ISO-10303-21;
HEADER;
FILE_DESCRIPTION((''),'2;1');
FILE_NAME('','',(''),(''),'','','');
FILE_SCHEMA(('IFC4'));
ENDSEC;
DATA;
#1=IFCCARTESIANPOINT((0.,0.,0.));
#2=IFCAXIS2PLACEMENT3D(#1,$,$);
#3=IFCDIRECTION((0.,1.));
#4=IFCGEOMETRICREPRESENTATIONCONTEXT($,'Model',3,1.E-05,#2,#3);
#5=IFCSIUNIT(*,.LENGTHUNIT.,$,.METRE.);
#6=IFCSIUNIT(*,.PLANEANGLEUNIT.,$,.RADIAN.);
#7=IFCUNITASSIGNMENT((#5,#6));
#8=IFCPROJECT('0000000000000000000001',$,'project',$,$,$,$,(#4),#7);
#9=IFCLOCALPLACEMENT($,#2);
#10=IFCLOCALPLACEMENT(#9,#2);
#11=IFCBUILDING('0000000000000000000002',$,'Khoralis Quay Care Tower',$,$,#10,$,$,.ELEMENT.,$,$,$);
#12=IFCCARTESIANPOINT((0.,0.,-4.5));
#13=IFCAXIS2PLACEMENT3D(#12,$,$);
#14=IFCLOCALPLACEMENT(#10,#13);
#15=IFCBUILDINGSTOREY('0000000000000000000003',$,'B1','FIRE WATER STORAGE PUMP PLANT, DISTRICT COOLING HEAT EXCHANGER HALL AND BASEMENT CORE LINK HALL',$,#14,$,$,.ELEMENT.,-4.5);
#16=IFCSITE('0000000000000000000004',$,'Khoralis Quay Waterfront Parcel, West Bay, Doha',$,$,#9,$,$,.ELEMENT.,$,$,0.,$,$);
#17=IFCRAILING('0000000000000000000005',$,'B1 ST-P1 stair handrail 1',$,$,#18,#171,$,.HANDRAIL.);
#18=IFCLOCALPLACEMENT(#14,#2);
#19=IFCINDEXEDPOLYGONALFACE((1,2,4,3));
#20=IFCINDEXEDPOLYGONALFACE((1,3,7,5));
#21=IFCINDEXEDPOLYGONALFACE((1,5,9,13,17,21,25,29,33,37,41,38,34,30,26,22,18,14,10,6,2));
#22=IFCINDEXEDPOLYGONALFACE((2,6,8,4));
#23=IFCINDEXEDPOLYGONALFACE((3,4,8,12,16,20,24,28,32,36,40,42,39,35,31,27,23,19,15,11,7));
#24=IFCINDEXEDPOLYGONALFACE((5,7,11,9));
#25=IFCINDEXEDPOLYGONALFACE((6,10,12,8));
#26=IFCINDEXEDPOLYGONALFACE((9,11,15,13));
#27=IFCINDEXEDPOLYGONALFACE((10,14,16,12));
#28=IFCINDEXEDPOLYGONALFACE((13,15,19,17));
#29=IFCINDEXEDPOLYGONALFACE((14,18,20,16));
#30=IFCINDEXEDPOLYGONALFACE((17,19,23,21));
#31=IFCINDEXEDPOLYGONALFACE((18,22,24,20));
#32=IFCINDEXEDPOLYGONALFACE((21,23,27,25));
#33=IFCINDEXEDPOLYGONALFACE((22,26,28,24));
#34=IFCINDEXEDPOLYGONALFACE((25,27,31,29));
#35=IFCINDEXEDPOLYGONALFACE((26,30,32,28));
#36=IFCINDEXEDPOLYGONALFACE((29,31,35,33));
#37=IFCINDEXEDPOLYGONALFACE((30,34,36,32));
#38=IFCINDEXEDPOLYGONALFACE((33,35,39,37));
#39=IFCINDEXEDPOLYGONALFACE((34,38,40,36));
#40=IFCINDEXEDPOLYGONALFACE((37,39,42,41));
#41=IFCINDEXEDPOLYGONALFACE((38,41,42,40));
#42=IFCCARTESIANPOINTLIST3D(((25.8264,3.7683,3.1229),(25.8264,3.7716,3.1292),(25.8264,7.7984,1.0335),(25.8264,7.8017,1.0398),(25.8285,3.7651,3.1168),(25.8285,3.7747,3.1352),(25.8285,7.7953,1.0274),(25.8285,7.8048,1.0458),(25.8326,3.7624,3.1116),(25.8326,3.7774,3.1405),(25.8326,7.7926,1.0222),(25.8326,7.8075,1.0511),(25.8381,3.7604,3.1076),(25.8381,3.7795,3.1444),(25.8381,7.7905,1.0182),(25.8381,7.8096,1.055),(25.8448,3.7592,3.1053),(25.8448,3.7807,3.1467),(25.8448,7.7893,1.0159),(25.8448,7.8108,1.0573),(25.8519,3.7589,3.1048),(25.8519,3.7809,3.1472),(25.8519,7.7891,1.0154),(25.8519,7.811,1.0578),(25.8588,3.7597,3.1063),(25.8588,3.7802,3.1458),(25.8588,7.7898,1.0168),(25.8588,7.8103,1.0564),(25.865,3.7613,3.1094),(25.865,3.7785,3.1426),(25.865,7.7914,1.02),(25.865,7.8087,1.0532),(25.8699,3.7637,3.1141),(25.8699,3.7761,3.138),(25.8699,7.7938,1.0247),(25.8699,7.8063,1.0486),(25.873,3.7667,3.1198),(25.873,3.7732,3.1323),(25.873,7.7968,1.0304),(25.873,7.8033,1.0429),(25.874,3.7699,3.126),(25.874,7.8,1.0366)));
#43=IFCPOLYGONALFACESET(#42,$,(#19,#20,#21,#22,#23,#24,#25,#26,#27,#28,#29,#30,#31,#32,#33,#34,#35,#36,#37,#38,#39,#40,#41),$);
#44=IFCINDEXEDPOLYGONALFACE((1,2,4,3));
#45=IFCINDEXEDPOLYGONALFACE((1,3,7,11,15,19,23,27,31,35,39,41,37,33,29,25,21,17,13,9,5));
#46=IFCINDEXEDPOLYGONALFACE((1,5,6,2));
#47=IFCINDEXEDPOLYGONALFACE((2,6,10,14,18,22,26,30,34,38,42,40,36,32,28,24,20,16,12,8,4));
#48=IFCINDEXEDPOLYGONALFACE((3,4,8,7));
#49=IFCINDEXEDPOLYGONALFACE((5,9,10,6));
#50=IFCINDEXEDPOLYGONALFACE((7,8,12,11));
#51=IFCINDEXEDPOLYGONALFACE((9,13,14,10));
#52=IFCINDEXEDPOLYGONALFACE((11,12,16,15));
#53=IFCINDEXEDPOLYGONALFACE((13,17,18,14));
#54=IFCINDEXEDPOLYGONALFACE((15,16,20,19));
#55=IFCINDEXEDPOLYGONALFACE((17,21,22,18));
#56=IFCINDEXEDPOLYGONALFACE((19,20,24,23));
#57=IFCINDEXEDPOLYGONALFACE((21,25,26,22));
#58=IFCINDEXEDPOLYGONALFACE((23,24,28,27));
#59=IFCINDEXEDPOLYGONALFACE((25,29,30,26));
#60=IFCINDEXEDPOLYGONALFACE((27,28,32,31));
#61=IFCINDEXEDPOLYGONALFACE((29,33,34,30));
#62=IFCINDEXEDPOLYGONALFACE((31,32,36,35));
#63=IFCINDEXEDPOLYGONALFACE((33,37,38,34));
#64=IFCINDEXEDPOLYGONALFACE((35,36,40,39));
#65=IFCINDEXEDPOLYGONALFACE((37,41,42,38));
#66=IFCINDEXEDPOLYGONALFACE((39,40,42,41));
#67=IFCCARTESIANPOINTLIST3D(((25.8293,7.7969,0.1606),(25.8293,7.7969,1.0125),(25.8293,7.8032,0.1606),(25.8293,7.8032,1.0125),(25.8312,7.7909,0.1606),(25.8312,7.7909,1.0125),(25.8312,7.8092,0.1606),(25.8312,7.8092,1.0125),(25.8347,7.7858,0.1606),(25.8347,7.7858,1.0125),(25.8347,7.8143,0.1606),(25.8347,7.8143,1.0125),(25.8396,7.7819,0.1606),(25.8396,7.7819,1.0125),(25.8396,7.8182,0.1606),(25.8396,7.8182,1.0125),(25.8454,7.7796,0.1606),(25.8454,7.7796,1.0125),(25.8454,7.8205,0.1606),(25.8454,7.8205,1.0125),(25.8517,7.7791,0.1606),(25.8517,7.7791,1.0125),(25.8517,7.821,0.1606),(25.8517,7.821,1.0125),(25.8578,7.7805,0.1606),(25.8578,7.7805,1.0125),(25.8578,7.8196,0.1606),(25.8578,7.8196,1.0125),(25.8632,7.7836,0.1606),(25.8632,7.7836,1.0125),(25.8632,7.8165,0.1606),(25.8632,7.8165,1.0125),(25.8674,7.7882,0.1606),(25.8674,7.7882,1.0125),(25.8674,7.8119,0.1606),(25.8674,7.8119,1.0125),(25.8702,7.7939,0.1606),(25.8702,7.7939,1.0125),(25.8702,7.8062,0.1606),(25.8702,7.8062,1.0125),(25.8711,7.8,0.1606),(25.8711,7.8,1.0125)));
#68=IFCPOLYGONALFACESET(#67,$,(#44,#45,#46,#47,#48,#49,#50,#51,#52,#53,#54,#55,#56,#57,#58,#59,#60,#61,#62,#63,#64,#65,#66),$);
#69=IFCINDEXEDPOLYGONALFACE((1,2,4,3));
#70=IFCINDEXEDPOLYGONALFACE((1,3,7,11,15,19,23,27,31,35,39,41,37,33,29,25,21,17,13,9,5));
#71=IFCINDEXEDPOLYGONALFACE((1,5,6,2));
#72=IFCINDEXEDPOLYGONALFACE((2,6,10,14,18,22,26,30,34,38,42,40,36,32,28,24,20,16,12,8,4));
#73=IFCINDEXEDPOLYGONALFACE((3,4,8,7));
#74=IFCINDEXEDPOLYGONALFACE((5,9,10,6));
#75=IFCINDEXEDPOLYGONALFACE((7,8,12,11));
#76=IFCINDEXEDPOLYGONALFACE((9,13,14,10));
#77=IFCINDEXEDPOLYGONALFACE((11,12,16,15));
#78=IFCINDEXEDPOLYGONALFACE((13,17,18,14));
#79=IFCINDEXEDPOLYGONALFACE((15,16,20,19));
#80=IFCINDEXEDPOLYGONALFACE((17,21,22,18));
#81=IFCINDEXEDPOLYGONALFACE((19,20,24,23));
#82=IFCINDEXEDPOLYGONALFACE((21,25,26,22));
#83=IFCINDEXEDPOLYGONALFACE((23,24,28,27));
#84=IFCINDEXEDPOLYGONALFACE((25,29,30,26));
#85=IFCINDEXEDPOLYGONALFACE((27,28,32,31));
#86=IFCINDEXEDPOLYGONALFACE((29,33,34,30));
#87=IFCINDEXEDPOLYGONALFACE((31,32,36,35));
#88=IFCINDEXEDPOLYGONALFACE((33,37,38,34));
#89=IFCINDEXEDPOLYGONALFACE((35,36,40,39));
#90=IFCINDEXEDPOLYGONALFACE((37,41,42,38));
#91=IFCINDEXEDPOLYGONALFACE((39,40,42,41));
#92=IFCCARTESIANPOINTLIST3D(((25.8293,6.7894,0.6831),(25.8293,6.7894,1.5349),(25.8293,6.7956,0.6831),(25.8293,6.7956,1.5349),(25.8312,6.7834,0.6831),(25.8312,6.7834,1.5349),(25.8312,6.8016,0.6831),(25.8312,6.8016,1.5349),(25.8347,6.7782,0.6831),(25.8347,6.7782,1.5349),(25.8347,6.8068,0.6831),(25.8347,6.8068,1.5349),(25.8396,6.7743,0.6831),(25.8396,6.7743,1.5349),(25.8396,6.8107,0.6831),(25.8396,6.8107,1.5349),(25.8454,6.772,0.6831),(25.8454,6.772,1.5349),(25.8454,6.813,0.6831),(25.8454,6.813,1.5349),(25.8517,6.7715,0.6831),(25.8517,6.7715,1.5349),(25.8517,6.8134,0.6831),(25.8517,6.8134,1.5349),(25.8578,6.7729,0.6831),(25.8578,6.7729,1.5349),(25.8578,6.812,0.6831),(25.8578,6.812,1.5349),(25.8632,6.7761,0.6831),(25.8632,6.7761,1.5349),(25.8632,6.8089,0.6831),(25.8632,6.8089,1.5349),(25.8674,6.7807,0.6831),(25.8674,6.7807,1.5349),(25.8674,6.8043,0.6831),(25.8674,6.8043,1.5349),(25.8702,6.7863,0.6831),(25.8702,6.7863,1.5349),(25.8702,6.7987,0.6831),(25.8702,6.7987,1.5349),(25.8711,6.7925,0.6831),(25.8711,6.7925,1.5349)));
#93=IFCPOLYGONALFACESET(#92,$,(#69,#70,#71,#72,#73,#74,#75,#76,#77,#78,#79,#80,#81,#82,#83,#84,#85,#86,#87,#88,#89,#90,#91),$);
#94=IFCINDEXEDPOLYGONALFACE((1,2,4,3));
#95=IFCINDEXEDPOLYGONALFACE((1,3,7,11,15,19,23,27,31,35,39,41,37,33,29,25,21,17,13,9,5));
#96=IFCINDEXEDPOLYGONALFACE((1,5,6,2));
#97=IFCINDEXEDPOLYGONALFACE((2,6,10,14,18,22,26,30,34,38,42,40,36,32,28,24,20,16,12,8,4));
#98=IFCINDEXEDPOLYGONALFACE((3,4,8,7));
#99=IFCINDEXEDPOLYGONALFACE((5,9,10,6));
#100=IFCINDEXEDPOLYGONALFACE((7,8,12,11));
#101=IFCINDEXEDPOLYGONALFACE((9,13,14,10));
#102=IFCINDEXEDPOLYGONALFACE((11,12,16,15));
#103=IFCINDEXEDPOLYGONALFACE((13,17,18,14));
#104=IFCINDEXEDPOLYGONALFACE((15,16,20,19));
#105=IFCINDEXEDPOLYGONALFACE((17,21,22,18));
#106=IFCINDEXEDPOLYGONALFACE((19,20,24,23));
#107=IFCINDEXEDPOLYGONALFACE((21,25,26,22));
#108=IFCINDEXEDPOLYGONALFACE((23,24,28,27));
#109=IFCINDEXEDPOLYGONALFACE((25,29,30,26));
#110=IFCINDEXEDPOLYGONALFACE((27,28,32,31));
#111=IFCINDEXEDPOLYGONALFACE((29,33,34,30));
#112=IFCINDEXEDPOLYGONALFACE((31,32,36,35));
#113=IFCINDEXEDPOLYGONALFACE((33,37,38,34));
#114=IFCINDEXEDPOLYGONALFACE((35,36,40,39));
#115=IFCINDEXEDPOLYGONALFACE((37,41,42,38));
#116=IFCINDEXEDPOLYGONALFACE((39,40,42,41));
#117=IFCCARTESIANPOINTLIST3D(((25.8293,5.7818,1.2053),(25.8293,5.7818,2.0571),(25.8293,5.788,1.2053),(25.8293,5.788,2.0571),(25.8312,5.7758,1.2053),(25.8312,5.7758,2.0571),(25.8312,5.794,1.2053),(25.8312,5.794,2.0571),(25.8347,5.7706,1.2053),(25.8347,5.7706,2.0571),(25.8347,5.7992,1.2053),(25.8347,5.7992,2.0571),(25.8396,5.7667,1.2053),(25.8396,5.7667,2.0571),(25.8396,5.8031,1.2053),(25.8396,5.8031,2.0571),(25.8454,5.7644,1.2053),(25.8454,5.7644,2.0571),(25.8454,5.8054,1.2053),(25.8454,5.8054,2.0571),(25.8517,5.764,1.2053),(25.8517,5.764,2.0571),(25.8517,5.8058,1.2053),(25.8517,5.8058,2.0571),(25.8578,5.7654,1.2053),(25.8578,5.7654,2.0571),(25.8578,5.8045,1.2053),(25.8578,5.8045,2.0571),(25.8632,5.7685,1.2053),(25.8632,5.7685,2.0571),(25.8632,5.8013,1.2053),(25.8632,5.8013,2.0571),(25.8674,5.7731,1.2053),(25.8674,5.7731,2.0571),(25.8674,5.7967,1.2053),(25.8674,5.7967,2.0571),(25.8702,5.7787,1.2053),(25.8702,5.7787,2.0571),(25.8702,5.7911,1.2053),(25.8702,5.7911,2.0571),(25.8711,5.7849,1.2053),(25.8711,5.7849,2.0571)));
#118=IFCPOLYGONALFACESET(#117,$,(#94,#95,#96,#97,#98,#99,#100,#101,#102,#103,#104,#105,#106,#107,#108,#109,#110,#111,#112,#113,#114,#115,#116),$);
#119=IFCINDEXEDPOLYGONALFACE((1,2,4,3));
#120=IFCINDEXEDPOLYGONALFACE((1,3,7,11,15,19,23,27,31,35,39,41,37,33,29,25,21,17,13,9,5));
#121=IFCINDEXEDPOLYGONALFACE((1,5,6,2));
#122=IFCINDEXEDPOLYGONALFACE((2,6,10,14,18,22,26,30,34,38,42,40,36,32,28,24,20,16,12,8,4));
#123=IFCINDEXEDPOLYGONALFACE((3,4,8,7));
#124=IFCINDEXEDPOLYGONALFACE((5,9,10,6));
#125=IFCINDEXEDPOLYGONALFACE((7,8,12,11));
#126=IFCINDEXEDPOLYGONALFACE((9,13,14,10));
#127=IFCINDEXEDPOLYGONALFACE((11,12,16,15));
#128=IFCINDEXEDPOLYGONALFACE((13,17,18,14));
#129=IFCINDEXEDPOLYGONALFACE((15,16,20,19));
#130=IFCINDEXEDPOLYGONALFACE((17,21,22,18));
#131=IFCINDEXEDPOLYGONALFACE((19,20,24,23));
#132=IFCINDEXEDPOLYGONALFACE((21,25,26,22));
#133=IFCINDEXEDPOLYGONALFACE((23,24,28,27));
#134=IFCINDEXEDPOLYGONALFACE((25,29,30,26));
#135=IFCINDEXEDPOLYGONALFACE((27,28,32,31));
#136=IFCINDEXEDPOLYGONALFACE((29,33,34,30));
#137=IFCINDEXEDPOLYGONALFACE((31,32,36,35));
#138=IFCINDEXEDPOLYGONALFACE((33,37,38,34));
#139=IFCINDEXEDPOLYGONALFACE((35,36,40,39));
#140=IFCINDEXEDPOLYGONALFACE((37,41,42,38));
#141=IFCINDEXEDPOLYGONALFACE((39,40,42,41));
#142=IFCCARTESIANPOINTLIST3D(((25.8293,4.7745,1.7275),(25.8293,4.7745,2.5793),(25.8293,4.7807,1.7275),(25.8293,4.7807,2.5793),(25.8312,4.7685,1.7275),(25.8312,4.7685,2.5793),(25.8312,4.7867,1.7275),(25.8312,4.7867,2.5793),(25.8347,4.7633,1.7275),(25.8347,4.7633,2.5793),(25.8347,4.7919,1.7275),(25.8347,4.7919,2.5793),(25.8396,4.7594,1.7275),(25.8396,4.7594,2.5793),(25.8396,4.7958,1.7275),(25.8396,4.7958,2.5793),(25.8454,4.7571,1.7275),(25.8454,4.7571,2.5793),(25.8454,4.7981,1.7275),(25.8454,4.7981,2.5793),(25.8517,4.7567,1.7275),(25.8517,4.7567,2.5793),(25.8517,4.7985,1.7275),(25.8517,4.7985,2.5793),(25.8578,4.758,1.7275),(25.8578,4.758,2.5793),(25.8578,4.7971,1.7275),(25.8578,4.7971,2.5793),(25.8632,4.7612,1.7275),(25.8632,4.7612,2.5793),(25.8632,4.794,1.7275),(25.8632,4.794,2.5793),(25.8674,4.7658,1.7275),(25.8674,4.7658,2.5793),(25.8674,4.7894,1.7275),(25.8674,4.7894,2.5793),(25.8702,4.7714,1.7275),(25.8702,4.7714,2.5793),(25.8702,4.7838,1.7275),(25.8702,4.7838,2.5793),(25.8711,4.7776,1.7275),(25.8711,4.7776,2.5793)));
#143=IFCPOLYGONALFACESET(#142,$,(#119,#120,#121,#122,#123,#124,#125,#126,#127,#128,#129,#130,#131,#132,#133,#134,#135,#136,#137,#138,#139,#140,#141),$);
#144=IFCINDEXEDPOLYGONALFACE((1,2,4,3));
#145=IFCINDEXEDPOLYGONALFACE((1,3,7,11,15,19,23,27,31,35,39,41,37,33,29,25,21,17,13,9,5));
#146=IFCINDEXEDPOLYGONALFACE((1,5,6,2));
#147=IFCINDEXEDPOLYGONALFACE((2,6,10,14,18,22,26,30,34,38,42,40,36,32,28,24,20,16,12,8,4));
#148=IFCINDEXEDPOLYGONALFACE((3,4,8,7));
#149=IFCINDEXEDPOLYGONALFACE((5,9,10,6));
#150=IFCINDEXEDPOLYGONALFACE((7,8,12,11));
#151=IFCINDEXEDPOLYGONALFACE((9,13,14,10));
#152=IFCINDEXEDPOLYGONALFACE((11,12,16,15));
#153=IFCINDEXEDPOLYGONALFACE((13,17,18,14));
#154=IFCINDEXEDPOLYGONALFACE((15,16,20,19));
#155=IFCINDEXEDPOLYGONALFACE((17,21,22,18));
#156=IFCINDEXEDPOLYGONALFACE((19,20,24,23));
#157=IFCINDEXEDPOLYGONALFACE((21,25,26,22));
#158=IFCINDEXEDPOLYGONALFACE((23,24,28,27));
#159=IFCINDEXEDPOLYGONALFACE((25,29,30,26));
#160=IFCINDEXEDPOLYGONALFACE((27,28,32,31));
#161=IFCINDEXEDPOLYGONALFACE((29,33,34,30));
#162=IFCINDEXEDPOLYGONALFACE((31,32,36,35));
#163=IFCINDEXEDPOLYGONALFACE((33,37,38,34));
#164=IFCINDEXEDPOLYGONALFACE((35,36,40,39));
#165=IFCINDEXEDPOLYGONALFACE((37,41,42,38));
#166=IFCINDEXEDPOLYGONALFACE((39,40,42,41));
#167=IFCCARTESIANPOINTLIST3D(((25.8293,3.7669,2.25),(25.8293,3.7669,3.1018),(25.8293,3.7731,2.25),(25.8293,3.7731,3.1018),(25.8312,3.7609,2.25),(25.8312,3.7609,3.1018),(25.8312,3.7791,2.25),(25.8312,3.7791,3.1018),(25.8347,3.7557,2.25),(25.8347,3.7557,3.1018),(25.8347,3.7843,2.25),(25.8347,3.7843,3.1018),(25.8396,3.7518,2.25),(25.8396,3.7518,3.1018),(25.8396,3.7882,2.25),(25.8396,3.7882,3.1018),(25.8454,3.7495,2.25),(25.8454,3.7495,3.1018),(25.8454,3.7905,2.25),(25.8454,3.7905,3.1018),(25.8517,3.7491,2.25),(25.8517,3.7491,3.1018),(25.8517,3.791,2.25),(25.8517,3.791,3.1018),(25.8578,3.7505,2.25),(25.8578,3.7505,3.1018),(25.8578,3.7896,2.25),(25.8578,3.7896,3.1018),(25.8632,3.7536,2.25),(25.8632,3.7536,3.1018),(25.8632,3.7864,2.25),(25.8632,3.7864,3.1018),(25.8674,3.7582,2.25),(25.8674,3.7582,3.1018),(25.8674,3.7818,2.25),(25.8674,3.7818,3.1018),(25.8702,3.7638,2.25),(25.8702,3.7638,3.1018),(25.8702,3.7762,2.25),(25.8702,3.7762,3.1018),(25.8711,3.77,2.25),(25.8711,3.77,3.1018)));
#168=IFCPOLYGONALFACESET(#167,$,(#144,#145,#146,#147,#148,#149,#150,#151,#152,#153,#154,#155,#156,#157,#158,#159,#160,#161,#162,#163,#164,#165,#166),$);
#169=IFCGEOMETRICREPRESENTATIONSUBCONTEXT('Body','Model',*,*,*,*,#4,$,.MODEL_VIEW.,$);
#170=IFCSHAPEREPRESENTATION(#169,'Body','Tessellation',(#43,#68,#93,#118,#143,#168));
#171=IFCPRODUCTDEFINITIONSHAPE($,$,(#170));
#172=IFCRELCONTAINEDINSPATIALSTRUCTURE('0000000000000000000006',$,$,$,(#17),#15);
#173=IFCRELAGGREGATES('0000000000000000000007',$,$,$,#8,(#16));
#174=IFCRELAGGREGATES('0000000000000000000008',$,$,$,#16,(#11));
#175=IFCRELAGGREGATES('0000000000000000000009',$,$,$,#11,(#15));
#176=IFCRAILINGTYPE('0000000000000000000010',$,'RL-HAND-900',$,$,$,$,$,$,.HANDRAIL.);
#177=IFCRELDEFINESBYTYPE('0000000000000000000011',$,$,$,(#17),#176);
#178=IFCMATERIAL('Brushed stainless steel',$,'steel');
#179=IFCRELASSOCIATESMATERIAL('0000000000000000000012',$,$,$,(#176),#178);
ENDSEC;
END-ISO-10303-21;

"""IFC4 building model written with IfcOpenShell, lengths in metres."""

from ifc_helpers import new_model, si_unit, direction, frame, origin, origin_2d, place, context, subcontext, project, spatial, circle, extrude, material, type_object, element, save


model = new_model("IFC4")

# Units and contexts
model_context = context("Model", 3, precision=1e-05, world=origin(), true_north=direction((0.0, 1.0)))
body_context = subcontext(model_context, "Body", "Model", "MODEL_VIEW")
ifc_project = project(units=[si_unit("LENGTHUNIT", "METRE"), si_unit("PLANEANGLEUNIT", "RADIAN")], contexts=[model_context])

# Site, building, storey
site_placement = place(None, origin())
site = spatial("IfcSite", under=ifc_project, at=site_placement, Name="Khoralis Quay Waterfront Parcel, West Bay, Doha", CompositionType="ELEMENT", RefElevation=0.0)
building_placement = place(site_placement, origin())
building = spatial("IfcBuilding", under=site, at=building_placement, Name="Khoralis Quay Care Tower", CompositionType="ELEMENT")
storey_placement = place(building_placement, frame((0.0, 0.0, -4.5)))
storey = spatial("IfcBuildingStorey", under=building, at=storey_placement, Name="B1", Description="FIRE WATER STORAGE PUMP PLANT, DISTRICT COOLING HEAT EXCHANGER HALL AND BASEMENT CORE LINK HALL", CompositionType="ELEMENT", Elevation=-4.5)

# Railing
ifc_material_1 = material(Name="Brushed stainless steel", Category="steel")
railing_type_1 = type_object("IfcRailingType", Name="RL-HAND-900", PredefinedType="HANDRAIL", material=ifc_material_1)
railing_1_placement = place(storey_placement, frame((25.8501, 7.8, 0.1606)))
element("IfcRailing", 1, at=railing_1_placement, inside=storey, type_object=railing_type_1, Name="B1 ST-P1 stair handrail 1", PredefinedType="HANDRAIL", context=body_context, shape_type="SweptSolid", body=[
    extrude(circle(Radius=0.0239, at=origin_2d()), frame((0.0, 0.0, 0.876), z_axis=(0.0, -0.887781, 0.460267), x_axis=(1.0, 0.0, 0.0)), (0.0, 0.0, 1.0), 4.5396),
    extrude(circle(Radius=0.021, at=origin_2d()), origin(), (0.0, 0.0, 1.0), 0.8518),
    extrude(circle(Radius=0.021, at=origin_2d()), frame((0.0, -1.0076, 0.5225)), (0.0, 0.0, 1.0), 0.8518),
    extrude(circle(Radius=0.021, at=origin_2d()), frame((0.0, -2.0151, 1.0447)), (0.0, 0.0, 1.0), 0.8518),
    extrude(circle(Radius=0.021, at=origin_2d()), frame((0.0, -3.0225, 1.5669)), (0.0, 0.0, 1.0), 0.8518),
    extrude(circle(Radius=0.021, at=origin_2d()), frame((0.0, -4.03, 2.0894)), (0.0, 0.0, 1.0), 0.8518),
])

save(model, "model.ifc")
